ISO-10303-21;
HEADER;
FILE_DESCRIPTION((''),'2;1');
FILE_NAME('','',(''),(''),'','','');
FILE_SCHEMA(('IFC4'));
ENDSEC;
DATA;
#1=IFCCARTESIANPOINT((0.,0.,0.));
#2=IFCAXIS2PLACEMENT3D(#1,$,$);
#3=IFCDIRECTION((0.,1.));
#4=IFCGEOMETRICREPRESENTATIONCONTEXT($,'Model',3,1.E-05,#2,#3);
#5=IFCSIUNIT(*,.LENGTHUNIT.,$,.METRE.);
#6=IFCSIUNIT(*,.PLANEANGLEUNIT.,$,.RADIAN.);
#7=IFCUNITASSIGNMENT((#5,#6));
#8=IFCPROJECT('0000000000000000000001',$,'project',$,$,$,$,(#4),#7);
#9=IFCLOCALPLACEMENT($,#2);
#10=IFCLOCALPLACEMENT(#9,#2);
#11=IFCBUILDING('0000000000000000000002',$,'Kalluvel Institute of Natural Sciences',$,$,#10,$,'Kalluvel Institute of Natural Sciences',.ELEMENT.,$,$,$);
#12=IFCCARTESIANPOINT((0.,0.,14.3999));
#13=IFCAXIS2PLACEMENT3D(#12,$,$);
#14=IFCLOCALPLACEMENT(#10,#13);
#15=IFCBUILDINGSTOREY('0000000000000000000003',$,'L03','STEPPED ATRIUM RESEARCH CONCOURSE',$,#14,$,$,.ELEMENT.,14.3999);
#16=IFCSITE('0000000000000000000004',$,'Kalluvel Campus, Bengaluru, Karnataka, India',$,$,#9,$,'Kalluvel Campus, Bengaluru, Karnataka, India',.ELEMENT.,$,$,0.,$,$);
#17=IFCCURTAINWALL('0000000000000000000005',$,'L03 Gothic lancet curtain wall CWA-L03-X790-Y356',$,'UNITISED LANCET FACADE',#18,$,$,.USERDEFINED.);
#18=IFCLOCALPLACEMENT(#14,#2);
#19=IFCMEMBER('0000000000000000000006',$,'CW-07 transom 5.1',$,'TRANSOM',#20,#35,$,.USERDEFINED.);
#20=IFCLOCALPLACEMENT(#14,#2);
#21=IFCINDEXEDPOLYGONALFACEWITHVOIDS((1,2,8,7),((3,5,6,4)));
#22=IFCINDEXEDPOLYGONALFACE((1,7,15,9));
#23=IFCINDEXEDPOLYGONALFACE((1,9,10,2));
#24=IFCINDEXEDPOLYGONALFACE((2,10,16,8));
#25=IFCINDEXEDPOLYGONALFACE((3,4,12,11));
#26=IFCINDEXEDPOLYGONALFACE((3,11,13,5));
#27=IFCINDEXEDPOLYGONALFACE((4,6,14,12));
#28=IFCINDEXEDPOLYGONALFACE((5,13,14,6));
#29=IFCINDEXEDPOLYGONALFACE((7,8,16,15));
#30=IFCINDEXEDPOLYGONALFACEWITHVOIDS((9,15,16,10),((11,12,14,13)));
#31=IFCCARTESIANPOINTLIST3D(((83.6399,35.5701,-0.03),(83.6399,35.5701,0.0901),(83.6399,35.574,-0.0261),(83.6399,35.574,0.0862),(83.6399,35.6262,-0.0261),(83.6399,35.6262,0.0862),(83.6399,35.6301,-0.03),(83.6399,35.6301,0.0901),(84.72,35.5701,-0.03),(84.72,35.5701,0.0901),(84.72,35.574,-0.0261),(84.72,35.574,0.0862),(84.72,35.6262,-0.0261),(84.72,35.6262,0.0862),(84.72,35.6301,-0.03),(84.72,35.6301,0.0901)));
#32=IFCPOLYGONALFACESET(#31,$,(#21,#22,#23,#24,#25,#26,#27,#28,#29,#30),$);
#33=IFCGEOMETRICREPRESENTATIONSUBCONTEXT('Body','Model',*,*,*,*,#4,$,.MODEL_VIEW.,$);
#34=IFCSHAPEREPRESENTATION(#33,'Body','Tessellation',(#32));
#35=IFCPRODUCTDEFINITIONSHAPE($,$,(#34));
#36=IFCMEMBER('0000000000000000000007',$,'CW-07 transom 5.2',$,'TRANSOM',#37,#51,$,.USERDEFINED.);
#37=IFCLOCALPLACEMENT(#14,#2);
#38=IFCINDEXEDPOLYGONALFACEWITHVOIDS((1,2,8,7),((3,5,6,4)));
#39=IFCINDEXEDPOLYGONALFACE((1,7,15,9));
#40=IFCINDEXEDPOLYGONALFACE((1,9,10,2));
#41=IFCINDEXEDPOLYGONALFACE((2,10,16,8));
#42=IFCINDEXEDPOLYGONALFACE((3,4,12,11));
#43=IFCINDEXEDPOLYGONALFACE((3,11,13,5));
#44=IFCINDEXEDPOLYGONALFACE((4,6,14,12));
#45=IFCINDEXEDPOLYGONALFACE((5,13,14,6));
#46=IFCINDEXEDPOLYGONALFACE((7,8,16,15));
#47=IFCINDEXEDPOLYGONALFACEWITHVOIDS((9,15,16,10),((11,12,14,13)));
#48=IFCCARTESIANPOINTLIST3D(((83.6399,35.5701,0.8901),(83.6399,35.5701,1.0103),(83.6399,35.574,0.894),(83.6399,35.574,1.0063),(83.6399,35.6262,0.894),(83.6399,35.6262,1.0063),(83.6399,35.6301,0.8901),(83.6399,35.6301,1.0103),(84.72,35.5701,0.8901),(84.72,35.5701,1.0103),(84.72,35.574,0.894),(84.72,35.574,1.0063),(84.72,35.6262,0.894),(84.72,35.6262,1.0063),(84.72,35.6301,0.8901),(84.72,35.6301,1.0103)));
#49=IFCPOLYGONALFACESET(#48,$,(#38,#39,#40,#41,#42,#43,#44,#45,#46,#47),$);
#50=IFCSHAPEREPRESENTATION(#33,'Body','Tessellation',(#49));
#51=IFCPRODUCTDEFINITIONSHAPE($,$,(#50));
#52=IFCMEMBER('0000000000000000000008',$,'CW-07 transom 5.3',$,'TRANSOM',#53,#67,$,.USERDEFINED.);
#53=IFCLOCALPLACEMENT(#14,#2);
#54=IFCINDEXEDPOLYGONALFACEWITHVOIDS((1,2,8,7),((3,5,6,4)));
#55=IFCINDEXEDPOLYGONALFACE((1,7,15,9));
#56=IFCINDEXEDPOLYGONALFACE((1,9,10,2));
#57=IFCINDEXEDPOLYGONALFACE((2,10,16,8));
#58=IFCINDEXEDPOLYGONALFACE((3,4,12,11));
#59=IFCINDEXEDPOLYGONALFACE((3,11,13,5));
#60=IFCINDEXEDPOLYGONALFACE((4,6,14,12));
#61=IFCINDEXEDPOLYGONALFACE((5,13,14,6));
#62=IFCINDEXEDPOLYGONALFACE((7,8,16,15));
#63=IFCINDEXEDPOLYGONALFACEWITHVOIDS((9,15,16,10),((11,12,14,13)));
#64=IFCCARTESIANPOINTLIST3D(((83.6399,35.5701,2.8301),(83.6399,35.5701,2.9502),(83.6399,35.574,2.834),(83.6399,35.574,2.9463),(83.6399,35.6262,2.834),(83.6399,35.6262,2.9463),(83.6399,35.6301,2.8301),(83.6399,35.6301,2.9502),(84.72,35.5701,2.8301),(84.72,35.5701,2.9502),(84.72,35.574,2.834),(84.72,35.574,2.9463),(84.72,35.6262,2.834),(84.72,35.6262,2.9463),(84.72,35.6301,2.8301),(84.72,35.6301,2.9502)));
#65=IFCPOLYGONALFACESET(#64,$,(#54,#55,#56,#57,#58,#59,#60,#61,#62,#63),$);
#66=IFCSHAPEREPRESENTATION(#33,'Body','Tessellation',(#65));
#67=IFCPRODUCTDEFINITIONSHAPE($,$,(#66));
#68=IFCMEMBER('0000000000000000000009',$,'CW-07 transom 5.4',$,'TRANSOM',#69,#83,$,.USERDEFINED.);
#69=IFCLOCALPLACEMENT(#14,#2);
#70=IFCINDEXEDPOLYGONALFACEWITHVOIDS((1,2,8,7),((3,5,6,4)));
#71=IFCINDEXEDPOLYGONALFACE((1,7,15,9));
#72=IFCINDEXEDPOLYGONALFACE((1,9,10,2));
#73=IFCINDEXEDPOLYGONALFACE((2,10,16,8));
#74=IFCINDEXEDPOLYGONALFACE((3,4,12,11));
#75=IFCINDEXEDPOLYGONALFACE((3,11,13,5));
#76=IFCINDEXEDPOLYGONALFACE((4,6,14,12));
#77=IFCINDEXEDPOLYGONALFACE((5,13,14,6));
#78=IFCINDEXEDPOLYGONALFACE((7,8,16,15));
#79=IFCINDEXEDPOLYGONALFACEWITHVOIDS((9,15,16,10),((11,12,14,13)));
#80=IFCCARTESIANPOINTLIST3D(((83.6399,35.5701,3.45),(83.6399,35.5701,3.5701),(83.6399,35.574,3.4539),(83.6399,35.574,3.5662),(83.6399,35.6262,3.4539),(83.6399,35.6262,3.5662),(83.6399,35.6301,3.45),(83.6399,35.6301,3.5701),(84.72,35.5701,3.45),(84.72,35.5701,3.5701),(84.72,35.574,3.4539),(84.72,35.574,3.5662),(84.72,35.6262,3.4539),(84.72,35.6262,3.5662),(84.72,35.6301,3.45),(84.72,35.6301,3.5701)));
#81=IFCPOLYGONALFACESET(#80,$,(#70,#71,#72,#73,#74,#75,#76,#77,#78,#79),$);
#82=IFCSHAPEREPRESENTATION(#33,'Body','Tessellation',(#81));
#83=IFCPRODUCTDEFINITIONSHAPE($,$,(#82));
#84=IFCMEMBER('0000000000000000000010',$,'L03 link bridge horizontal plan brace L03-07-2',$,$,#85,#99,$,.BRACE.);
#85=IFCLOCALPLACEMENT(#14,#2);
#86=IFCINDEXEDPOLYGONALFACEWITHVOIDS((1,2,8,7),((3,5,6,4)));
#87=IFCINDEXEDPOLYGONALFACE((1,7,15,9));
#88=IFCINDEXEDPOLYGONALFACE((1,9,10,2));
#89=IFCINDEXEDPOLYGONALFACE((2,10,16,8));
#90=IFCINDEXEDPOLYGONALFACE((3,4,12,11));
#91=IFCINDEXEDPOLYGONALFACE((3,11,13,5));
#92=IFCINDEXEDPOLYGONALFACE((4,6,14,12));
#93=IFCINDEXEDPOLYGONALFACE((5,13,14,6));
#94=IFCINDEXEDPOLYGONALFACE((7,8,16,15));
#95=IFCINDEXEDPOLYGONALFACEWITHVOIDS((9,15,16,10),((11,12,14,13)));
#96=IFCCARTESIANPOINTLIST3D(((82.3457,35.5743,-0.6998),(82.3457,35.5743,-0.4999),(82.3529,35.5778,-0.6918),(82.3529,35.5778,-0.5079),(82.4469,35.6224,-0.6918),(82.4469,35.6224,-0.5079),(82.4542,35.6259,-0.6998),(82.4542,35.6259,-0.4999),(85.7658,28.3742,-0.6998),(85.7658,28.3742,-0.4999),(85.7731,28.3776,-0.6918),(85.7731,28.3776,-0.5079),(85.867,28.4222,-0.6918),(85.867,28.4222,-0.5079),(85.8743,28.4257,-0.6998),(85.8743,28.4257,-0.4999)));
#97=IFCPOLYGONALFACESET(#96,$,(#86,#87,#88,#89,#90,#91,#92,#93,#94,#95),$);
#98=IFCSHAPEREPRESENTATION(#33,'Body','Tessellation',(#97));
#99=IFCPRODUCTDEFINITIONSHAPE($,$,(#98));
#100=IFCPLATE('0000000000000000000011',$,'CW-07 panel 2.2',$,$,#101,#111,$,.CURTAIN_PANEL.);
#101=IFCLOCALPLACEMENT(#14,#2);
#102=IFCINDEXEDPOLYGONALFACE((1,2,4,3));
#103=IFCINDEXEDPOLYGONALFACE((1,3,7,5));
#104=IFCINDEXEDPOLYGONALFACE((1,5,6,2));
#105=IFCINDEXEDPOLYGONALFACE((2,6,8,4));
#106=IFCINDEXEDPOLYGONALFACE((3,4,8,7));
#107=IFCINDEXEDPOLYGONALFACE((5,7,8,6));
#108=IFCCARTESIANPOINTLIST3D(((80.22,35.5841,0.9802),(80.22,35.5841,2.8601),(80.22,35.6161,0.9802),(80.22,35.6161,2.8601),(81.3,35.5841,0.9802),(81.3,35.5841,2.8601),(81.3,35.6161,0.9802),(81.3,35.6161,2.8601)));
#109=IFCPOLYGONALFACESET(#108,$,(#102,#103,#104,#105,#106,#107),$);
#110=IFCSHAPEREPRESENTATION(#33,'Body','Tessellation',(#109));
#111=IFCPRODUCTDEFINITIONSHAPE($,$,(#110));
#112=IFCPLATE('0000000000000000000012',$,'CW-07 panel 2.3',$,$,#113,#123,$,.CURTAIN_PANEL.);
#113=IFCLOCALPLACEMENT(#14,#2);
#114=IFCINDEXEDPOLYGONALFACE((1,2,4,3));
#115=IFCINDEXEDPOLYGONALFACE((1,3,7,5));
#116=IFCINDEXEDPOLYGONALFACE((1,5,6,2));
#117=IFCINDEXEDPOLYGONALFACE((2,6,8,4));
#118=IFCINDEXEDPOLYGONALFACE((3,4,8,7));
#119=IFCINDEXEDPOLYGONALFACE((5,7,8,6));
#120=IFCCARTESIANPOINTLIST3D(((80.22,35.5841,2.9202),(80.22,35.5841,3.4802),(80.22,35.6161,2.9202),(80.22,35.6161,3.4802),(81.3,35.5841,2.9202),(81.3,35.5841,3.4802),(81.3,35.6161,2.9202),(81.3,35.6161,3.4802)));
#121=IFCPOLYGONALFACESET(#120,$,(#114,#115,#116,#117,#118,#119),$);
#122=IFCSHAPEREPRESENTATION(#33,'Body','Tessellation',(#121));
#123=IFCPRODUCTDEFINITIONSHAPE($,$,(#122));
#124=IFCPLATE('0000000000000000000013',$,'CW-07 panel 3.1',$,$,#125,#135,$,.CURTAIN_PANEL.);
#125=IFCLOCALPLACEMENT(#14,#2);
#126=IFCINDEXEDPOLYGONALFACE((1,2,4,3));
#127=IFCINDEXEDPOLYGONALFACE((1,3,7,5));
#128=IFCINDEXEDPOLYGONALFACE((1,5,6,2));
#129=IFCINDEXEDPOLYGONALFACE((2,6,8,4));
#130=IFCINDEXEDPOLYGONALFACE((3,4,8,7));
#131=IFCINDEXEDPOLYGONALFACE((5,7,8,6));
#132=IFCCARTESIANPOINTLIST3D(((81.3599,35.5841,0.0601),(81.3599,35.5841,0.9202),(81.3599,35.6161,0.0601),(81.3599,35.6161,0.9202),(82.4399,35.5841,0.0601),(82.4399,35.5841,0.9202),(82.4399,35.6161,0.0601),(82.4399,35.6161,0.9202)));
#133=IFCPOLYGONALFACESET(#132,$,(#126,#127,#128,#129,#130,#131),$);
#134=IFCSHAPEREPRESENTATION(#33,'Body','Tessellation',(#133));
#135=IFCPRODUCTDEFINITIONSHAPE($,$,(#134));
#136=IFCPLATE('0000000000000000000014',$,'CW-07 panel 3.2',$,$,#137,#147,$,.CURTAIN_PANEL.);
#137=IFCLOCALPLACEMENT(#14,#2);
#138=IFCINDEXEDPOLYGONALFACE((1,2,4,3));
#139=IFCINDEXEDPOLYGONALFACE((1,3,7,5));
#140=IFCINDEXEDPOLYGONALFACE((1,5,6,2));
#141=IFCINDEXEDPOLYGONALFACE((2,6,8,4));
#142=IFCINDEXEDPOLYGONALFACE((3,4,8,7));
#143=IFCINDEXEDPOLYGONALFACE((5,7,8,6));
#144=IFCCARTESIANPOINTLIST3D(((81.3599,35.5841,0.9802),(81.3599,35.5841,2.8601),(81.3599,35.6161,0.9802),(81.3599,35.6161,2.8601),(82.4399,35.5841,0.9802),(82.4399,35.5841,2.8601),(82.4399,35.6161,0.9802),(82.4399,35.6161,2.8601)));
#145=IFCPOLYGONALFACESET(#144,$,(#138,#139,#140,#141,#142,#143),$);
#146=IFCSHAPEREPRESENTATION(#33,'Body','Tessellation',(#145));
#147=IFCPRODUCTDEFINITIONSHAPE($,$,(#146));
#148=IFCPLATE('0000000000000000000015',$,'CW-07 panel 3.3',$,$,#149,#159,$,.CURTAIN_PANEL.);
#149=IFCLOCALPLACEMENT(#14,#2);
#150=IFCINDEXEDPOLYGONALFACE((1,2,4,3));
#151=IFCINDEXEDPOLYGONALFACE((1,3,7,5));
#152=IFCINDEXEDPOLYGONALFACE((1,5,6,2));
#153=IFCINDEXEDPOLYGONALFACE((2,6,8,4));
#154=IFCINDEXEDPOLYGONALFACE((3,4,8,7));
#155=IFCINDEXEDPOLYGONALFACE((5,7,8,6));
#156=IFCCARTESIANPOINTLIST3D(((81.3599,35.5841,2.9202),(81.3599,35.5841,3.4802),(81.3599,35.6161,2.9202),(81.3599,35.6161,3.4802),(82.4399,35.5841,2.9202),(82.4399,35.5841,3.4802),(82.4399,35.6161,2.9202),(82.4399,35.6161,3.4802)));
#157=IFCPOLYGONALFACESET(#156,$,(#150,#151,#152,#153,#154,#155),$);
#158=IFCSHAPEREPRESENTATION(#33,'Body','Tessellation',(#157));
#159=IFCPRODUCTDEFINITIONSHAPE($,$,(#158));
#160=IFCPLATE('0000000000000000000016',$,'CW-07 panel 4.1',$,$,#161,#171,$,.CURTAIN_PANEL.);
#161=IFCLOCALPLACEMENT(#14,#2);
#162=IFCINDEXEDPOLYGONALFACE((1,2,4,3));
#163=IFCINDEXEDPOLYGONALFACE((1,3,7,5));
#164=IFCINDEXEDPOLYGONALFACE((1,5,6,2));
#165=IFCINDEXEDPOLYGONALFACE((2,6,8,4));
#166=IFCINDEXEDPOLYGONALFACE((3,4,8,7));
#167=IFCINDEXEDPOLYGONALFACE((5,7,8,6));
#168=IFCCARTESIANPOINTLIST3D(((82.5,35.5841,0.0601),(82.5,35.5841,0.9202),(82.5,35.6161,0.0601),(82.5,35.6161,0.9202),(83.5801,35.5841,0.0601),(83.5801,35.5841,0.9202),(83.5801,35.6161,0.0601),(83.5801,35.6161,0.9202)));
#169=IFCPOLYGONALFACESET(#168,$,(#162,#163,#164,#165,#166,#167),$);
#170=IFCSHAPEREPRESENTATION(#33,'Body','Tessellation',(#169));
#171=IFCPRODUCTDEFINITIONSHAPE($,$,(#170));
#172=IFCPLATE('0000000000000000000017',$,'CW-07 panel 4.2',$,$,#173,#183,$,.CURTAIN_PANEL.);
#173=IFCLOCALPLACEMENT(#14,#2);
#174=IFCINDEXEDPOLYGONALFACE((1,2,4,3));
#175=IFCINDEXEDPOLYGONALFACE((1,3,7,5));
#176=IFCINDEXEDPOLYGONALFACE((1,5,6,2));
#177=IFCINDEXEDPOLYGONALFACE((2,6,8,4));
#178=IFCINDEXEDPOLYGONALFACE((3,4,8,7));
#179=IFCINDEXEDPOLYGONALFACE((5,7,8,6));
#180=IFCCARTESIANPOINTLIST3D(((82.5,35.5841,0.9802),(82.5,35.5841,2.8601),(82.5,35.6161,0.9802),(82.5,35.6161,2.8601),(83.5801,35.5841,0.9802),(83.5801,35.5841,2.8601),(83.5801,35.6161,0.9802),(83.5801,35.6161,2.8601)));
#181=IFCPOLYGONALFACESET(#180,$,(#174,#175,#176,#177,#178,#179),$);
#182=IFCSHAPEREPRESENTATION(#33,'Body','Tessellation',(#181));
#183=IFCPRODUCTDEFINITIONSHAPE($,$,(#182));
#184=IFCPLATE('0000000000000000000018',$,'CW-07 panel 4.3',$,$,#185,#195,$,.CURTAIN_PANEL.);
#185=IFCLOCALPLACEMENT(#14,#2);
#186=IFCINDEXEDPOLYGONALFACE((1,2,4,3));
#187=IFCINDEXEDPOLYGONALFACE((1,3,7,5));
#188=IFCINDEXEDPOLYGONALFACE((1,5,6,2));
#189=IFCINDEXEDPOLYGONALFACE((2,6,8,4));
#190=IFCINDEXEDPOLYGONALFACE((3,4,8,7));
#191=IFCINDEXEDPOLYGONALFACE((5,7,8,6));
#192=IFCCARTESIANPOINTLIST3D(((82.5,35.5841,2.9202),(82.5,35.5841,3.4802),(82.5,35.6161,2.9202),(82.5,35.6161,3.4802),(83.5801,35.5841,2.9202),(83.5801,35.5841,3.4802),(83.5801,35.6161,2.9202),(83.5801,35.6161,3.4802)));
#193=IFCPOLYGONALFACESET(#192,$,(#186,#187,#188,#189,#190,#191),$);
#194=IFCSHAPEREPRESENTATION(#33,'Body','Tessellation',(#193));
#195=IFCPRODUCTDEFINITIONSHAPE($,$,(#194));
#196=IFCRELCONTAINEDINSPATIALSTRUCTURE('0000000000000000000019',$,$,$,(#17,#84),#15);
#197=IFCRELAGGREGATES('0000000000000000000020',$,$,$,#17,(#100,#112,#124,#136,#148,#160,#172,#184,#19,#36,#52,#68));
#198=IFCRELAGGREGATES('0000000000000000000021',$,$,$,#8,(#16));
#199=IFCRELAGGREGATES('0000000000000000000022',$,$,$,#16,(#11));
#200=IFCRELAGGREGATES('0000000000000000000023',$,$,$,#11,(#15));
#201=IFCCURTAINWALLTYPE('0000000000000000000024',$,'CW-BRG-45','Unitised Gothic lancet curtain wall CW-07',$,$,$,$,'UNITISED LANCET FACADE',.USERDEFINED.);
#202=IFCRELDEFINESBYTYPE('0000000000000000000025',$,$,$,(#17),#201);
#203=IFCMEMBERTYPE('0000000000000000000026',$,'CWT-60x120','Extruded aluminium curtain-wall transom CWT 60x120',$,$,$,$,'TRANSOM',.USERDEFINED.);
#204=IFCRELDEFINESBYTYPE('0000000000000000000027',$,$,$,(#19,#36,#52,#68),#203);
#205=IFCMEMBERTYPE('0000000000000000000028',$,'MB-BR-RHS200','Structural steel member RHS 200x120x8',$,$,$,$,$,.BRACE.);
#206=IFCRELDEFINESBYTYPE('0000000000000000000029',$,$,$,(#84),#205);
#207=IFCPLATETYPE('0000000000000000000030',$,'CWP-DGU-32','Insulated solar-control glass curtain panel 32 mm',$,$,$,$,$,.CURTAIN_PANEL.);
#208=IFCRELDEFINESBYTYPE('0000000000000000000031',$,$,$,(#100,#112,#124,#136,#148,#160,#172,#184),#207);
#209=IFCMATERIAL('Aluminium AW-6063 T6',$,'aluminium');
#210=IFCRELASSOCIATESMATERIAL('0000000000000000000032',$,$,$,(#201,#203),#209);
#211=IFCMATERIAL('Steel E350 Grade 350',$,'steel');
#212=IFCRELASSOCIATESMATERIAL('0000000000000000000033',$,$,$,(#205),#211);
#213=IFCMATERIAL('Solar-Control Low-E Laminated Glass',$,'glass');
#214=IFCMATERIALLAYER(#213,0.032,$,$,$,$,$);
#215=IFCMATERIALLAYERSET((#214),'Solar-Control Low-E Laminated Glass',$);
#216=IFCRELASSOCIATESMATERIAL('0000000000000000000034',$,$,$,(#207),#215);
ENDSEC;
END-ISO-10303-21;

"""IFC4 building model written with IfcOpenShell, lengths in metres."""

from ifc_helpers import new_model, si_unit, direction, frame, origin, origin_2d, place, context, subcontext, project, spatial, rectangle, hollow_rectangle, extrude, material, layer, layer_set, material_profile, profile_set, type_object, element, aggregate, save


model = new_model("IFC4")

# Units and contexts
model_context = context("Model", 3, precision=1e-05, world=origin(), true_north=direction((0.0, 1.0)))
body_context = subcontext(model_context, "Body", "Model", "MODEL_VIEW")
ifc_project = project(units=[si_unit("LENGTHUNIT", "METRE"), si_unit("PLANEANGLEUNIT", "RADIAN")], contexts=[model_context])

# Site, building, storey
site_placement = place(None, origin())
site = spatial("IfcSite", under=ifc_project, at=site_placement, Name="Kalluvel Campus, Bengaluru, Karnataka, India", LongName="Kalluvel Campus, Bengaluru, Karnataka, India", CompositionType="ELEMENT", RefElevation=0.0)
building_placement = place(site_placement, origin())
building = spatial("IfcBuilding", under=site, at=building_placement, Name="Kalluvel Institute of Natural Sciences", LongName="Kalluvel Institute of Natural Sciences", CompositionType="ELEMENT")
storey_placement = place(building_placement, frame((0.0, 0.0, 14.3999)))
storey = spatial("IfcBuildingStorey", under=building, at=storey_placement, Name="L03", Description="STEPPED ATRIUM RESEARCH CONCOURSE", CompositionType="ELEMENT", Elevation=14.3999)

# Curtain wall, members
ifc_material_1 = material(Name="Aluminium AW-6063 T6", Category="aluminium")
curtain_wall_type = type_object("IfcCurtainWallType", Name="CW-BRG-45", Description="Unitised Gothic lancet curtain wall CW-07", ElementType="UNITISED LANCET FACADE", PredefinedType="USERDEFINED", material=ifc_material_1)
curtain_wall_placement = place(storey_placement, origin())
curtain_wall = element("IfcCurtainWall", 1, at=curtain_wall_placement, inside=storey, type_object=curtain_wall_type, Name="L03 Gothic lancet curtain wall CWA-L03-X790-Y356", ObjectType="UNITISED LANCET FACADE", PredefinedType="USERDEFINED")
ifc_material_profile_1 = material_profile(ifc_material_1, hollow_rectangle(XDim=0.0601, YDim=0.1201, WallThickness=0.0039, at=origin_2d()), Name="CWT 60x120")
ifc_profile_set_1 = profile_set([ifc_material_profile_1], Name="Aluminium AW-6063 T6")
member_type_1 = type_object("IfcMemberType", Name="CWT-60x120", Description="Extruded aluminium curtain-wall transom CWT 60x120", ElementType="TRANSOM", PredefinedType="USERDEFINED", material=ifc_profile_set_1)
member_1_placement = place(storey_placement, frame((83.6399, 35.6001, 0.03), z_axis=(1.0, 0.0, 0.0), x_axis=(0.0, 1.0, 0.0)))
member_1 = element("IfcMember", 2, at=member_1_placement, type_object=member_type_1, Name="CW-07 transom 5.1", ObjectType="TRANSOM", PredefinedType="USERDEFINED", context=body_context, shape_type="SweptSolid", body=[
    extrude(hollow_rectangle(XDim=0.0601, YDim=0.1201, WallThickness=0.0039, at=origin_2d()), origin(), (0.0, 0.0, 1.0), 1.0801),
])
member_2_placement = place(storey_placement, frame((83.6399, 35.6001, 0.9502), z_axis=(1.0, 0.0, 0.0), x_axis=(0.0, 1.0, 0.0)))
member_2 = element("IfcMember", 3, at=member_2_placement, type_object=member_type_1, Name="CW-07 transom 5.2", ObjectType="TRANSOM", PredefinedType="USERDEFINED", context=body_context, shape_type="SweptSolid", body=[
    extrude(hollow_rectangle(XDim=0.0601, YDim=0.1201, WallThickness=0.0039, at=origin_2d()), origin(), (0.0, 0.0, 1.0), 1.0801),
])
member_3_placement = place(storey_placement, frame((83.6399, 35.6001, 2.8901), z_axis=(1.0, 0.0, 0.0), x_axis=(0.0, 1.0, 0.0)))
member_3 = element("IfcMember", 4, at=member_3_placement, type_object=member_type_1, Name="CW-07 transom 5.3", ObjectType="TRANSOM", PredefinedType="USERDEFINED", context=body_context, shape_type="SweptSolid", body=[
    extrude(hollow_rectangle(XDim=0.0601, YDim=0.1201, WallThickness=0.0039, at=origin_2d()), origin(), (0.0, 0.0, 1.0), 1.0801),
])
member_4_placement = place(storey_placement, frame((83.6399, 35.6001, 3.51), z_axis=(1.0, 0.0, 0.0), x_axis=(0.0, 1.0, 0.0)))
member_4 = element("IfcMember", 5, at=member_4_placement, type_object=member_type_1, Name="CW-07 transom 5.4", ObjectType="TRANSOM", PredefinedType="USERDEFINED", context=body_context, shape_type="SweptSolid", body=[
    extrude(hollow_rectangle(XDim=0.0601, YDim=0.1201, WallThickness=0.0039, at=origin_2d()), origin(), (0.0, 0.0, 1.0), 1.0801),
])

# Member
ifc_material_2 = material(Name="Steel E350 Grade 350", Category="steel")
ifc_material_profile_2 = material_profile(ifc_material_2, hollow_rectangle(XDim=0.1201, YDim=0.2, WallThickness=0.0081, at=origin_2d()), Name="RHS 200x120x8")
ifc_profile_set_2 = profile_set([ifc_material_profile_2], Name="Steel E350 Grade 350")
member_type_2 = type_object("IfcMemberType", Name="MB-BR-RHS200", Description="Structural steel member RHS 200x120x8", PredefinedType="BRACE", material=ifc_profile_set_2)
member_5_placement = place(storey_placement, frame((82.3999, 35.6001, -0.5999), z_axis=(0.429064, -0.903274, 0.0), x_axis=(0.903274, 0.429064, 0.0)))
element("IfcMember", 6, at=member_5_placement, inside=storey, type_object=member_type_2, Name="L03 link bridge horizontal plan brace L03-07-2", PredefinedType="BRACE", context=body_context, shape_type="SweptSolid", body=[
    extrude(hollow_rectangle(XDim=0.1201, YDim=0.2, WallThickness=0.0081, at=origin_2d()), origin(), (0.0, 0.0, 1.0), 7.9712),
])

# Plates
ifc_material_3 = material(Name="Solar-Control Low-E Laminated Glass", Category="glass")
ifc_layer = layer(ifc_material_3, 0.032)
ifc_layer_set = layer_set([ifc_layer], Name="Solar-Control Low-E Laminated Glass")
plate_type = type_object("IfcPlateType", Name="CWP-DGU-32", Description="Insulated solar-control glass curtain panel 32 mm", PredefinedType="CURTAIN_PANEL", material=ifc_layer_set)
plate_1_placement = place(storey_placement, frame((80.76, 35.6001, 0.9802), z_axis=(0.0, 0.0, 1.0), x_axis=(1.0, 0.0, 0.0)))
plate_1 = element("IfcPlate", 7, at=plate_1_placement, type_object=plate_type, Name="CW-07 panel 2.2", PredefinedType="CURTAIN_PANEL", context=body_context, shape_type="SweptSolid", body=[
    extrude(rectangle(XDim=1.0801, YDim=0.032, at=origin_2d()), origin(), (0.0, 0.0, 1.0), 1.8799),
])
plate_2_placement = place(storey_placement, frame((80.76, 35.6001, 2.9202), z_axis=(0.0, 0.0, 1.0), x_axis=(1.0, 0.0, 0.0)))
plate_2 = element("IfcPlate", 8, at=plate_2_placement, type_object=plate_type, Name="CW-07 panel 2.3", PredefinedType="CURTAIN_PANEL", context=body_context, shape_type="SweptSolid", body=[
    extrude(rectangle(XDim=1.0801, YDim=0.032, at=origin_2d()), origin(), (0.0, 0.0, 1.0), 0.5601),
])
plate_3_placement = place(storey_placement, frame((81.8999, 35.6001, 0.0601), z_axis=(0.0, 0.0, 1.0), x_axis=(1.0, 0.0, 0.0)))
plate_3 = element("IfcPlate", 9, at=plate_3_placement, type_object=plate_type, Name="CW-07 panel 3.1", PredefinedType="CURTAIN_PANEL", context=body_context, shape_type="SweptSolid", body=[
    extrude(rectangle(XDim=1.0801, YDim=0.032, at=origin_2d()), origin(), (0.0, 0.0, 1.0), 0.8601),
])
plate_4_placement = place(storey_placement, frame((81.8999, 35.6001, 0.9802), z_axis=(0.0, 0.0, 1.0), x_axis=(1.0, 0.0, 0.0)))
plate_4 = element("IfcPlate", 10, at=plate_4_placement, type_object=plate_type, Name="CW-07 panel 3.2", PredefinedType="CURTAIN_PANEL", context=body_context, shape_type="SweptSolid", body=[
    extrude(rectangle(XDim=1.0801, YDim=0.032, at=origin_2d()), origin(), (0.0, 0.0, 1.0), 1.8799),
])
plate_5_placement = place(storey_placement, frame((81.8999, 35.6001, 2.9202), z_axis=(0.0, 0.0, 1.0), x_axis=(1.0, 0.0, 0.0)))
plate_5 = element("IfcPlate", 11, at=plate_5_placement, type_object=plate_type, Name="CW-07 panel 3.3", PredefinedType="CURTAIN_PANEL", context=body_context, shape_type="SweptSolid", body=[
    extrude(rectangle(XDim=1.0801, YDim=0.032, at=origin_2d()), origin(), (0.0, 0.0, 1.0), 0.5601),
])
plate_6_placement = place(storey_placement, frame((83.04, 35.6001, 0.0601), z_axis=(0.0, 0.0, 1.0), x_axis=(1.0, 0.0, 0.0)))
plate_6 = element("IfcPlate", 12, at=plate_6_placement, type_object=plate_type, Name="CW-07 panel 4.1", PredefinedType="CURTAIN_PANEL", context=body_context, shape_type="SweptSolid", body=[
    extrude(rectangle(XDim=1.0801, YDim=0.032, at=origin_2d()), origin(), (0.0, 0.0, 1.0), 0.8601),
])
plate_7_placement = place(storey_placement, frame((83.04, 35.6001, 0.9802), z_axis=(0.0, 0.0, 1.0), x_axis=(1.0, 0.0, 0.0)))
plate_7 = element("IfcPlate", 13, at=plate_7_placement, type_object=plate_type, Name="CW-07 panel 4.2", PredefinedType="CURTAIN_PANEL", context=body_context, shape_type="SweptSolid", body=[
    extrude(rectangle(XDim=1.0801, YDim=0.032, at=origin_2d()), origin(), (0.0, 0.0, 1.0), 1.8799),
])
plate_8_placement = place(storey_placement, frame((83.04, 35.6001, 2.9202), z_axis=(0.0, 0.0, 1.0), x_axis=(1.0, 0.0, 0.0)))
plate_8 = element("IfcPlate", 14, at=plate_8_placement, type_object=plate_type, Name="CW-07 panel 4.3", PredefinedType="CURTAIN_PANEL", context=body_context, shape_type="SweptSolid", body=[
    extrude(rectangle(XDim=1.0801, YDim=0.032, at=origin_2d()), origin(), (0.0, 0.0, 1.0), 0.5601),
])
aggregate(curtain_wall, [plate_1, plate_2, plate_3, plate_4, plate_5, plate_6, plate_7, plate_8, member_1, member_2, member_3, member_4])

save(model, "model.ifc")
